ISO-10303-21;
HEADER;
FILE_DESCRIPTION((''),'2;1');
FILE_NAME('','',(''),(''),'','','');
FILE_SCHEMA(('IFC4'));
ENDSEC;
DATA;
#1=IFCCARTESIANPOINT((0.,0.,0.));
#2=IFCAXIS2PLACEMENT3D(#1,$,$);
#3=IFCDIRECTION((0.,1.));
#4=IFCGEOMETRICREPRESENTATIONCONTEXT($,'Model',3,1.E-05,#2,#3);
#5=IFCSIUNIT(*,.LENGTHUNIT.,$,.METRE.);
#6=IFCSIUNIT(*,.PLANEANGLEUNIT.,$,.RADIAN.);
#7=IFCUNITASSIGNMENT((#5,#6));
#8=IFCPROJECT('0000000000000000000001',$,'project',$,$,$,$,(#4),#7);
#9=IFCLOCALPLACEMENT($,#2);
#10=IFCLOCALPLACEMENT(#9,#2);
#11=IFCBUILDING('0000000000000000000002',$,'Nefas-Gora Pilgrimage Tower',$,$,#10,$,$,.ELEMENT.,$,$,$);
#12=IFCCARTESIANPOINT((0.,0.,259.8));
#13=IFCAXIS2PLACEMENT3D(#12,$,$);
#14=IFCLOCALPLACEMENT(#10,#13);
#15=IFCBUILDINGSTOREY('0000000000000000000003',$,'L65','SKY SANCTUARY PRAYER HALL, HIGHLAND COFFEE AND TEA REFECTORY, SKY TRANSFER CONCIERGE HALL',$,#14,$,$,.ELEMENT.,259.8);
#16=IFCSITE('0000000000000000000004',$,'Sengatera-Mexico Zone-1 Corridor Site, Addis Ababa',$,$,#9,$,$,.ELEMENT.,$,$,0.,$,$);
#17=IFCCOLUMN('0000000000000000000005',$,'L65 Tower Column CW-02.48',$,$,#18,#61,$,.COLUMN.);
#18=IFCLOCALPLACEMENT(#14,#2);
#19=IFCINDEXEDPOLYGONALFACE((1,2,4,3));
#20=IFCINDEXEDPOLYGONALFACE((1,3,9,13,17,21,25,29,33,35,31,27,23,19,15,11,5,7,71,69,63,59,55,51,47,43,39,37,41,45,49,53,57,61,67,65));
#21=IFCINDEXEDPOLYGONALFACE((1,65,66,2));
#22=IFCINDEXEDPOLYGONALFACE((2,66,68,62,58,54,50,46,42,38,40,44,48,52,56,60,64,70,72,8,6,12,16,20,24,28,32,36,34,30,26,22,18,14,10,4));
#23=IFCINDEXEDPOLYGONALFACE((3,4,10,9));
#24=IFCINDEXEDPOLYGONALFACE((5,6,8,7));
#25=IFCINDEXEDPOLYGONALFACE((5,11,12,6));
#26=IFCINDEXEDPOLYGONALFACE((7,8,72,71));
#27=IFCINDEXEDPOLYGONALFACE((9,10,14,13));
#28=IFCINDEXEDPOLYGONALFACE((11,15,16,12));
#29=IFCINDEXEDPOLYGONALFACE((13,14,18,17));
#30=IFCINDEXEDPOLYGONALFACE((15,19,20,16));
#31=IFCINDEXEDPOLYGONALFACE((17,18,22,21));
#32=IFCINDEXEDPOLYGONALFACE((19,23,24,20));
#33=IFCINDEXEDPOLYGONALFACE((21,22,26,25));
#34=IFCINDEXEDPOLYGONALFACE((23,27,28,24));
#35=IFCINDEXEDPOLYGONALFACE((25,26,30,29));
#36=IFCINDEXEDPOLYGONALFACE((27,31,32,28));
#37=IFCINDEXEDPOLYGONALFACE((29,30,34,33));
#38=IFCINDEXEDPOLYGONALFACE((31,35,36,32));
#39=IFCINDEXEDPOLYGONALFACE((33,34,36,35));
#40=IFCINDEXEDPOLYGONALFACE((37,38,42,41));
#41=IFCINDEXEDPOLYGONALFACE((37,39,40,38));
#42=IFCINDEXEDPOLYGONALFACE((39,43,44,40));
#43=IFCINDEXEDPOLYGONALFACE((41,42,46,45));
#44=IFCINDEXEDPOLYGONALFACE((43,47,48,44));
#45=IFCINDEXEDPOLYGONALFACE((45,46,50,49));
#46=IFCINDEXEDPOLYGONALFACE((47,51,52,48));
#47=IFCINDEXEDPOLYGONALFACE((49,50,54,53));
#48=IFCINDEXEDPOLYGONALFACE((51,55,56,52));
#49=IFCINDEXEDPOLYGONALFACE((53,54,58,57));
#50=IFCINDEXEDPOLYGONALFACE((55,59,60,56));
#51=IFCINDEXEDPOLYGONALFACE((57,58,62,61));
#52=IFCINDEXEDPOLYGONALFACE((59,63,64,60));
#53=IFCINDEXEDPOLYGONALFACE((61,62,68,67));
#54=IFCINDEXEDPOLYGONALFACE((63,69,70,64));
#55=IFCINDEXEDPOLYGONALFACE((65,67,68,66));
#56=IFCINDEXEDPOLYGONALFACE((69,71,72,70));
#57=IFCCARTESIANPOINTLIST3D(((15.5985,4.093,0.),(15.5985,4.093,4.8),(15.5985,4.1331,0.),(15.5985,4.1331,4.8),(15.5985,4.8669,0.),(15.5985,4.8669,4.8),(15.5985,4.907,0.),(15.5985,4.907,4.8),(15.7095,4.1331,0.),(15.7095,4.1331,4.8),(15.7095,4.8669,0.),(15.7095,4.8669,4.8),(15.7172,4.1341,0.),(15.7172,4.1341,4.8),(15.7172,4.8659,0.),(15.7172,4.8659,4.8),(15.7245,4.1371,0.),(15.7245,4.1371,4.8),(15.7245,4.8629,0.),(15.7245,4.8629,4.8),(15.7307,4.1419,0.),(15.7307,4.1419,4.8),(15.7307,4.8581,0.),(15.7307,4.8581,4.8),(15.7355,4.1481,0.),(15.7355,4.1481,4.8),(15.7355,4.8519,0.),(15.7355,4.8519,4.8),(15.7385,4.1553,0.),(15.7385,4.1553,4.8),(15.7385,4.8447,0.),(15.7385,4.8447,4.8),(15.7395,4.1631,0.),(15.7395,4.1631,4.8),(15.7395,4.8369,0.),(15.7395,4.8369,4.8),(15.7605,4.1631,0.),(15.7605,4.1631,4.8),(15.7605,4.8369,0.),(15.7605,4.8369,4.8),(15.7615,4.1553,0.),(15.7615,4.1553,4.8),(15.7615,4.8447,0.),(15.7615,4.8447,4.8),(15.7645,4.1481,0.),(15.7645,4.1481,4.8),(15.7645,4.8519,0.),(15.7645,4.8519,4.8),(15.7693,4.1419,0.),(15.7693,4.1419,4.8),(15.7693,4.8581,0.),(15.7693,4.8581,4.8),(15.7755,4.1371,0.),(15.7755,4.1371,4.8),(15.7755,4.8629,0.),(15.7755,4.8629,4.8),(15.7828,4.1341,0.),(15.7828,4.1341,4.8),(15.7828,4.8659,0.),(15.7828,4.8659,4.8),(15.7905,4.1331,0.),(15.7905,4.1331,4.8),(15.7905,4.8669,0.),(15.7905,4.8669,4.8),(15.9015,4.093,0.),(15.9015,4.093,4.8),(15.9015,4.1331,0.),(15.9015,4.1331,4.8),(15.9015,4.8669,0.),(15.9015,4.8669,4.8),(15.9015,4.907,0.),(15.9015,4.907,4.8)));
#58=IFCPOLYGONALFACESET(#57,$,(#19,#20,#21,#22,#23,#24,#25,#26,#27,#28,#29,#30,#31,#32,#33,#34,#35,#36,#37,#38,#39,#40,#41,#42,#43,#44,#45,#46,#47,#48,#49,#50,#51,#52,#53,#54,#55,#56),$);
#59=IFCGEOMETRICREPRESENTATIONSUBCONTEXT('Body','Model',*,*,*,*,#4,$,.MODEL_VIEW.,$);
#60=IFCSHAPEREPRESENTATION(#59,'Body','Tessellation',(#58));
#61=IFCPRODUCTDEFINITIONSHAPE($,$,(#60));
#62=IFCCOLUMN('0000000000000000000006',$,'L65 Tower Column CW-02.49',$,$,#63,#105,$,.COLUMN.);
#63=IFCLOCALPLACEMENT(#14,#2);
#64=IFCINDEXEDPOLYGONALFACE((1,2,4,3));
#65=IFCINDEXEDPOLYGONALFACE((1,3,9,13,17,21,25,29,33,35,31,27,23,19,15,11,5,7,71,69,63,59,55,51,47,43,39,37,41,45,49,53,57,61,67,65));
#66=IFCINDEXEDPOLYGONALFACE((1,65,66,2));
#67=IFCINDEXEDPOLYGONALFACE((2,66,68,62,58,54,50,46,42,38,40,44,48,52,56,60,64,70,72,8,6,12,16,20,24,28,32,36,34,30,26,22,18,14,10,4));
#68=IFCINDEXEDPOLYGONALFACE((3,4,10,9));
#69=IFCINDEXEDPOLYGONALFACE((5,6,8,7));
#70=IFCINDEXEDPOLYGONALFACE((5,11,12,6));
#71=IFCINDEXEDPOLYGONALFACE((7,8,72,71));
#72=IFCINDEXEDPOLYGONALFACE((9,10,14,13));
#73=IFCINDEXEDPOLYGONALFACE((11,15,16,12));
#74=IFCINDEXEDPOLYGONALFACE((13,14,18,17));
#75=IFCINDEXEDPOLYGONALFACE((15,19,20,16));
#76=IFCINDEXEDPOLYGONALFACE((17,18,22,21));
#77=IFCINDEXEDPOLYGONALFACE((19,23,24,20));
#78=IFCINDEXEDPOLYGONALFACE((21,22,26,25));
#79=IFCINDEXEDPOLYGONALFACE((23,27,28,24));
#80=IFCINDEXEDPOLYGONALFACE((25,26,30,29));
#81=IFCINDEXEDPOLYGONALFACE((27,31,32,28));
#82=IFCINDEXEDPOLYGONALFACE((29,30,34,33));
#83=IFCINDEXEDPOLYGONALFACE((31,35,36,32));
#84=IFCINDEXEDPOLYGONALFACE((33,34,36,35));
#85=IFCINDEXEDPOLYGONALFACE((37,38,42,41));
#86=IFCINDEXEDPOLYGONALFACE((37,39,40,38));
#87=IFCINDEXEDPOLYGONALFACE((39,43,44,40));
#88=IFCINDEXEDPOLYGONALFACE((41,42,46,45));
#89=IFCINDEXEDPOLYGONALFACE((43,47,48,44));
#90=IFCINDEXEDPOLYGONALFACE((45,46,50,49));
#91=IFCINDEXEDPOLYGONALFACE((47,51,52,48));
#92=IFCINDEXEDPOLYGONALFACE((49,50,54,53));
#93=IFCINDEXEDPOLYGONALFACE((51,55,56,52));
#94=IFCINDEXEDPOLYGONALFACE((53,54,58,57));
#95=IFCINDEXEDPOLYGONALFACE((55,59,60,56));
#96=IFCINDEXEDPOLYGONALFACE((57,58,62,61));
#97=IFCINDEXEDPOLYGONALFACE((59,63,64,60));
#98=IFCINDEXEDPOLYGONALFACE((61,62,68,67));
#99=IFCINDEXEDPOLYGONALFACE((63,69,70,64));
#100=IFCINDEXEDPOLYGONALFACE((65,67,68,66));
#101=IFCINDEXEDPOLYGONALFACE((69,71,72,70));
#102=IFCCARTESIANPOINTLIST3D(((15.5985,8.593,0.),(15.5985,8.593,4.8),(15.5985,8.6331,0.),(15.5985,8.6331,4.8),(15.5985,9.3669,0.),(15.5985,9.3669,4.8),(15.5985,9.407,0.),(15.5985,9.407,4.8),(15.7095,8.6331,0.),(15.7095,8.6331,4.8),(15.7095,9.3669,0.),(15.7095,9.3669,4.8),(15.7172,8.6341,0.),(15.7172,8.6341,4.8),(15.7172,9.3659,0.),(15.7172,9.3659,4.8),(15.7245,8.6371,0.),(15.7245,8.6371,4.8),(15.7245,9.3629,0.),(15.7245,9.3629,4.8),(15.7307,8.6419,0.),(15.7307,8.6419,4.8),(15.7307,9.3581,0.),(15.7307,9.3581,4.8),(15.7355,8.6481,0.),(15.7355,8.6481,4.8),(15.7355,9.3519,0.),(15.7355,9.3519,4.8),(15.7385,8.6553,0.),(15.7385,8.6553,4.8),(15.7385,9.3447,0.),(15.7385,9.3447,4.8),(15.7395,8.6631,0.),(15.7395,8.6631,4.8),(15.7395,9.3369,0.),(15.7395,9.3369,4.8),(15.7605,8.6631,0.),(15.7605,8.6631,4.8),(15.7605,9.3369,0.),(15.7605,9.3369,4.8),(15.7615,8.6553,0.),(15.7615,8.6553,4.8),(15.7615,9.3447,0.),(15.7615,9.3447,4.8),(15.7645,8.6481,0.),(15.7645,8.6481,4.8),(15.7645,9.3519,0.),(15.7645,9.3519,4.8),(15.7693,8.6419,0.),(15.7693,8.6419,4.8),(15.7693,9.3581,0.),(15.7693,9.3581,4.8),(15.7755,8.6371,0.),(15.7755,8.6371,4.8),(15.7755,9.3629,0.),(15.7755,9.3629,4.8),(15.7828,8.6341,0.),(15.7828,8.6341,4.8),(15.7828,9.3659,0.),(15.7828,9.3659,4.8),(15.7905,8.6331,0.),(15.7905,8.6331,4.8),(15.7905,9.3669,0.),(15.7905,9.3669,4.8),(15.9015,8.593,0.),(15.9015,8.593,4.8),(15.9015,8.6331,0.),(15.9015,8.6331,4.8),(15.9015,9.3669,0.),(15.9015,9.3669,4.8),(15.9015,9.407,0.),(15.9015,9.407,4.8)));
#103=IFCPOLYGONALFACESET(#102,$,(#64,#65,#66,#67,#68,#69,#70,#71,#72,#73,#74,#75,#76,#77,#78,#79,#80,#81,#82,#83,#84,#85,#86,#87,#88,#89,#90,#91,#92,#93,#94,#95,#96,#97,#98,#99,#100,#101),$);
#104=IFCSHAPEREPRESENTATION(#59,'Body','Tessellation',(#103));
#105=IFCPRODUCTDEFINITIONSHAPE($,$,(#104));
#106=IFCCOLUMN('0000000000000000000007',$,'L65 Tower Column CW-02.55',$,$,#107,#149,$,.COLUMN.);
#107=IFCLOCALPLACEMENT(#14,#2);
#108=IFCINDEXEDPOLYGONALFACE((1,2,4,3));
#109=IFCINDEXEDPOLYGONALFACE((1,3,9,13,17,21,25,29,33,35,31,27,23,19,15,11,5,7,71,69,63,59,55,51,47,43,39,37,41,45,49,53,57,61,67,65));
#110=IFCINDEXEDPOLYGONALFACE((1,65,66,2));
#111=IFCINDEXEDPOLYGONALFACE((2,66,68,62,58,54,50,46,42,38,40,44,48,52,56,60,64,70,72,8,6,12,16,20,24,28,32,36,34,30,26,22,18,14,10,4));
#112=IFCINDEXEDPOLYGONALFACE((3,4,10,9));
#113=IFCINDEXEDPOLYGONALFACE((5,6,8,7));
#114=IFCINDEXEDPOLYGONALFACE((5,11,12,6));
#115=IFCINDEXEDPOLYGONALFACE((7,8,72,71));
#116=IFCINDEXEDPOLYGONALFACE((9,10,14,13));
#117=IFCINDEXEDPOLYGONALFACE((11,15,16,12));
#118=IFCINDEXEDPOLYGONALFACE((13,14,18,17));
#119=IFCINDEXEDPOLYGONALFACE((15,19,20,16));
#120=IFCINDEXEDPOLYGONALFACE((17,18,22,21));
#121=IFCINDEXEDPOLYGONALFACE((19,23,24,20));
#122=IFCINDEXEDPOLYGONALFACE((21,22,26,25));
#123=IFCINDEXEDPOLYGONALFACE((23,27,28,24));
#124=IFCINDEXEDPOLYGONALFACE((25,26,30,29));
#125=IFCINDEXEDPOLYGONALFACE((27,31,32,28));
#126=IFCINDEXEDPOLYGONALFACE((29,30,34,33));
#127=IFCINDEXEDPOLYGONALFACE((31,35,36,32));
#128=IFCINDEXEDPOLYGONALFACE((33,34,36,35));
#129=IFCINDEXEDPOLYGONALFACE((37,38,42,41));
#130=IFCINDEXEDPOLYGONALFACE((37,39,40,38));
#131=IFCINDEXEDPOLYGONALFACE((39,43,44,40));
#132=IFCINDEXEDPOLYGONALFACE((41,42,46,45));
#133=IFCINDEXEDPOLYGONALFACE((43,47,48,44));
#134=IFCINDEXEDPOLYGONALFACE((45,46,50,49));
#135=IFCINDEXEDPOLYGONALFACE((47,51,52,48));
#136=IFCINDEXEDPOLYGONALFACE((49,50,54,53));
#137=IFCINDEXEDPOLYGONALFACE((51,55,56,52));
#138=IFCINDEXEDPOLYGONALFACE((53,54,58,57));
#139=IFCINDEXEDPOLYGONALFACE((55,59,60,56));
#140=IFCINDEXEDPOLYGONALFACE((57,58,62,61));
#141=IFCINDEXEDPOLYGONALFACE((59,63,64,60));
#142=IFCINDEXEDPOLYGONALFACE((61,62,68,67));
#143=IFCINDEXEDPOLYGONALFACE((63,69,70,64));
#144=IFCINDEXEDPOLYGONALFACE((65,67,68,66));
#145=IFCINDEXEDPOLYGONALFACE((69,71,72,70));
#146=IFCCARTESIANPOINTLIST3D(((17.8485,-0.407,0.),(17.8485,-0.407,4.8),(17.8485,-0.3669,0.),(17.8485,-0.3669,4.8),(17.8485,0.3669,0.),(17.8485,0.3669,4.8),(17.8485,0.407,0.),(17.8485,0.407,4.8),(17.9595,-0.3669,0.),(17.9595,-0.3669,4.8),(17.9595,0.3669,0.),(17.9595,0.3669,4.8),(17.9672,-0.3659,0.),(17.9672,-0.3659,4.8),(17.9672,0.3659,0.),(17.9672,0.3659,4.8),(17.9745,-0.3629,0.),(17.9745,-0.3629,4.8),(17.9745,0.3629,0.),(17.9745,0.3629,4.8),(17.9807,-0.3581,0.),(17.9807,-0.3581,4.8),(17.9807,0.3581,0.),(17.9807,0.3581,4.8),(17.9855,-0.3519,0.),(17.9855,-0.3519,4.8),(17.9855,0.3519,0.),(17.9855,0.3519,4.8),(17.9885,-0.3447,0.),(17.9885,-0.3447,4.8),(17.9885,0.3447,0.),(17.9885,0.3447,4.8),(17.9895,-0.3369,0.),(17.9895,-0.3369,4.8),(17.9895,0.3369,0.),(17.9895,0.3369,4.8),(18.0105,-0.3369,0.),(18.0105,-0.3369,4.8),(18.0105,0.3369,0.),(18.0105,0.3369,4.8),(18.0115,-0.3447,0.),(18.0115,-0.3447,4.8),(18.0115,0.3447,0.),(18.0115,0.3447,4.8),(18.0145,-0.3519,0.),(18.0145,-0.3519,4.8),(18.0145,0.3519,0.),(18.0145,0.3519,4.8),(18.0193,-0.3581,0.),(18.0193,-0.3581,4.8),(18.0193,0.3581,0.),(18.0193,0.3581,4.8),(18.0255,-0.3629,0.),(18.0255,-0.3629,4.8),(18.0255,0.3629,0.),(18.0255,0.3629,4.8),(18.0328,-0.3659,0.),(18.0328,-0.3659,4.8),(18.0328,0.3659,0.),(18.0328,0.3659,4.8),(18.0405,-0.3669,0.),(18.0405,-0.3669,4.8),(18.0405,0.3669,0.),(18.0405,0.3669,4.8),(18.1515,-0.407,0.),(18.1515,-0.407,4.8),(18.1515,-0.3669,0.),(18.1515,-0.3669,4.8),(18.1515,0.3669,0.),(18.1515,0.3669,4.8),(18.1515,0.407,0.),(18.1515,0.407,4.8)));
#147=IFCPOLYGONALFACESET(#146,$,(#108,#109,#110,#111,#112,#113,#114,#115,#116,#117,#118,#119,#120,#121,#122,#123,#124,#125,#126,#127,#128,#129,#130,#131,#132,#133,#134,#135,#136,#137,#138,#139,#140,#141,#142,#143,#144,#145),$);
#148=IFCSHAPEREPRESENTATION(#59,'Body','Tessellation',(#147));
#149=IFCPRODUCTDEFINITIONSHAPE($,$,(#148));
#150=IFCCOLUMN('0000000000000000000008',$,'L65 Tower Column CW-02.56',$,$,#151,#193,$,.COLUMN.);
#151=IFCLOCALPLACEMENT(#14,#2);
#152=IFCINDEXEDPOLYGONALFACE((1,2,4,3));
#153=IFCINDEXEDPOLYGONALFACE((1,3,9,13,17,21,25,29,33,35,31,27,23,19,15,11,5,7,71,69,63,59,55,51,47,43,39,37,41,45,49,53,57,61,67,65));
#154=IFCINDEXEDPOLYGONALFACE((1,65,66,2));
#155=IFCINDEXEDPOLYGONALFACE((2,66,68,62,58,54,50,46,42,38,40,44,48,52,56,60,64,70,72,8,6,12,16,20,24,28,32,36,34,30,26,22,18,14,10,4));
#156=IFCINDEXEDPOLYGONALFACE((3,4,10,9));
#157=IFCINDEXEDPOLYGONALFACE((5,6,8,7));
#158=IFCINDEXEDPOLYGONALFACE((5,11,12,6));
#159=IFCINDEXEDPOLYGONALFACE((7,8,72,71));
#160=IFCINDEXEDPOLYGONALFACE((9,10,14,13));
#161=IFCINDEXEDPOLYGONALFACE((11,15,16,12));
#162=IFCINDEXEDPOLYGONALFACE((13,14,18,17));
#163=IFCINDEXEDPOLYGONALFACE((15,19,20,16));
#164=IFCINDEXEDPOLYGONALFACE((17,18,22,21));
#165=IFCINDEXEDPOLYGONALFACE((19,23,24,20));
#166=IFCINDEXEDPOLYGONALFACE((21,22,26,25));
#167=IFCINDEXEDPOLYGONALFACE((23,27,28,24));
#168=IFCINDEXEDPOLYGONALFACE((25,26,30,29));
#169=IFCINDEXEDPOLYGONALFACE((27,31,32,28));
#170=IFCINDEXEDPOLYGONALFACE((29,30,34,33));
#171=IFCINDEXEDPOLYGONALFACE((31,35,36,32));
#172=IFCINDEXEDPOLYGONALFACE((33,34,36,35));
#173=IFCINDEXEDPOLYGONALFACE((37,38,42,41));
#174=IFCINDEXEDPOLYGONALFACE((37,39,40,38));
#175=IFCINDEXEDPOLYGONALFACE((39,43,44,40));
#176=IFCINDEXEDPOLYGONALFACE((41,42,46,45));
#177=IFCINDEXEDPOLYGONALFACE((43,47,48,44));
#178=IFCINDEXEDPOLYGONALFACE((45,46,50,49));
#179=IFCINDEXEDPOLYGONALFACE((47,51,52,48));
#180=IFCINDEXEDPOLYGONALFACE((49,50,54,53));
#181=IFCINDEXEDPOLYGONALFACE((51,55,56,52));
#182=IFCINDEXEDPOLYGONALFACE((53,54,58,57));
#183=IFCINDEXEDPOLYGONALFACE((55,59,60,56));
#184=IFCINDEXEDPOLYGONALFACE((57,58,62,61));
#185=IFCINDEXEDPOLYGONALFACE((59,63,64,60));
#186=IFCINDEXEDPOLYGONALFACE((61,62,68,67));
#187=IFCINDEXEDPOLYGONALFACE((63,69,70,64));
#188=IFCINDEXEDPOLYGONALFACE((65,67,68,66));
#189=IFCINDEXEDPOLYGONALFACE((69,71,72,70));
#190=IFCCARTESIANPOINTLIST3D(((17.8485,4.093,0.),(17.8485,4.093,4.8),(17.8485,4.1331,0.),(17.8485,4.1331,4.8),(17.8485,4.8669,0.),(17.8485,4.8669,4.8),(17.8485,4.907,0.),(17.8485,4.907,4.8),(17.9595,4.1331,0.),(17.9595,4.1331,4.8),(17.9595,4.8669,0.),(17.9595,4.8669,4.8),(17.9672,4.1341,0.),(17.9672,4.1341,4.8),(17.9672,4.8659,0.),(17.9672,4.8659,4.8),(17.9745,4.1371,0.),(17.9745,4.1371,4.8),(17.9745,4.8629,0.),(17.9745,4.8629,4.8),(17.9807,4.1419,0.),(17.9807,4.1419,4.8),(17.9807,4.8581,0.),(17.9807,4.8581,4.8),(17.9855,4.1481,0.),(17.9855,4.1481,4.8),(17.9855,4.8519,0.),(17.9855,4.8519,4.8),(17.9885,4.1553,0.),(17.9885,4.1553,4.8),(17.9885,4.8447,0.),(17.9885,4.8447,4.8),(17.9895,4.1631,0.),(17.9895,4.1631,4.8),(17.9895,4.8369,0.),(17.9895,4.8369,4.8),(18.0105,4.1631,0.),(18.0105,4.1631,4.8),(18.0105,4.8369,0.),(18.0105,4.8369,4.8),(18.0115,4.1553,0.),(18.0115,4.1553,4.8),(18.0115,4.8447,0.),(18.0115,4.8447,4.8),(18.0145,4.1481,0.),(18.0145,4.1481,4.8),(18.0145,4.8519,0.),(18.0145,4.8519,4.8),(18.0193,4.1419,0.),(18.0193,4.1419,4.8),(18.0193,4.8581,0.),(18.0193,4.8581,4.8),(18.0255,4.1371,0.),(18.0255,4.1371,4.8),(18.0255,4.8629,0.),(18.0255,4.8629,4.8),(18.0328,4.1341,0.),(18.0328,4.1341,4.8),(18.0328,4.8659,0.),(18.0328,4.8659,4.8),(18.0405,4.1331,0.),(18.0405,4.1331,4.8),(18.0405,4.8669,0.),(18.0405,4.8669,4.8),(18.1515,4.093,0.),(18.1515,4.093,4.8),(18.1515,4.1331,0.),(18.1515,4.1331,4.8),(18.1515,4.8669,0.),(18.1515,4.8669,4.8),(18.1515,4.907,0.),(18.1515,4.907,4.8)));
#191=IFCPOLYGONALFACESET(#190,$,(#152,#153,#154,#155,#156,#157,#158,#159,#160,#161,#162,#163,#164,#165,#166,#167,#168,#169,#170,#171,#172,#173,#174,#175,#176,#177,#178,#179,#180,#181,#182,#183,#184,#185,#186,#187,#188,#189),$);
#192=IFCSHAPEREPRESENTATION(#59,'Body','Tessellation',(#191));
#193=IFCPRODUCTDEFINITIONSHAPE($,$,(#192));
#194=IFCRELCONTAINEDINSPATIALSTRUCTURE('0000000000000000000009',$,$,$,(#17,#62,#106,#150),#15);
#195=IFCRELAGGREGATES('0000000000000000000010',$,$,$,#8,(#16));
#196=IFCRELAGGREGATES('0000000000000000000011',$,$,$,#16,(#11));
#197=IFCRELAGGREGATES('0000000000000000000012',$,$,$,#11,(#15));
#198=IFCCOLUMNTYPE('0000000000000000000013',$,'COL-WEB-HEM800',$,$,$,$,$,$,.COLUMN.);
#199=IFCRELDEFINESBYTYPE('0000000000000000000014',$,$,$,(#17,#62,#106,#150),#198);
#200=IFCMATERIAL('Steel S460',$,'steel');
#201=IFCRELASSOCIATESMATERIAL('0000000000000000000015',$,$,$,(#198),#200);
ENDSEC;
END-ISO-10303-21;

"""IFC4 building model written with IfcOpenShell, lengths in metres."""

from ifc_helpers import new_model, si_unit, direction, frame, origin, origin_2d, place, context, subcontext, project, spatial, i_section, extrude, source, transform, mapped, material, material_profile, profile_set, type_object, element, save


model = new_model("IFC4")

# Units and contexts
model_context = context("Model", 3, precision=1e-05, world=origin(), true_north=direction((0.0, 1.0)))
body_context = subcontext(model_context, "Body", "Model", "MODEL_VIEW")
ifc_project = project(units=[si_unit("LENGTHUNIT", "METRE"), si_unit("PLANEANGLEUNIT", "RADIAN")], contexts=[model_context])

# Site, building, storey
site_placement = place(None, origin())
site = spatial("IfcSite", under=ifc_project, at=site_placement, Name="Sengatera-Mexico Zone-1 Corridor Site, Addis Ababa", CompositionType="ELEMENT", RefElevation=0.0)
building_placement = place(site_placement, origin())
building = spatial("IfcBuilding", under=site, at=building_placement, Name="Nefas-Gora Pilgrimage Tower", CompositionType="ELEMENT")
storey_placement = place(building_placement, frame((0.0, 0.0, 259.8)))
storey = spatial("IfcBuildingStorey", under=building, at=storey_placement, Name="L65", Description="SKY SANCTUARY PRAYER HALL, HIGHLAND COFFEE AND TEA REFECTORY, SKY TRANSFER CONCIERGE HALL", CompositionType="ELEMENT", Elevation=259.8)

# Columns
ifc_material_1 = material(Name="Steel S460", Category="steel")
ifc_material_profile_1 = material_profile(ifc_material_1, i_section(OverallWidth=0.303, OverallDepth=0.814, WebThickness=0.021, FlangeThickness=0.04, FilletRadius=0.03, at=origin_2d()), Name="HEM 800")
ifc_profile_set_1 = profile_set([ifc_material_profile_1], Name="Steel S460")
column_type_1 = type_object("IfcColumnType", Name="COL-WEB-HEM800", PredefinedType="COLUMN", material=ifc_profile_set_1)
shared_shape_1 = source(origin(), body_context, "Body", "SweptSolid", [
    extrude(i_section(OverallWidth=0.303, OverallDepth=0.814, WebThickness=0.021, FlangeThickness=0.04, FilletRadius=0.03, at=origin_2d()), origin(), (0.0, 0.0, 1.0), 4.8),
])
for number, where, z_axis, x_axis, name in (
    (1, (15.75, 4.5, 0.0), (0.0, 0.0, 1.0), (1.0, 0.0, 0.0), "L65 Tower Column CW-02.48"),
    (2, (15.75, 9.0, 0.0), (0.0, 0.0, 1.0), (1.0, 0.0, 0.0), "L65 Tower Column CW-02.49"),
    (3, (18.0, 0.0, 0.0), (0.0, 0.0, 1.0), (1.0, 0.0, 0.0), "L65 Tower Column CW-02.55"),
    (4, (18.0, 4.5, 0.0), (0.0, 0.0, 1.0), (1.0, 0.0, 0.0), "L65 Tower Column CW-02.56"),
):
    element("IfcColumn", number, at=place(storey_placement, frame(where, z_axis=z_axis, x_axis=x_axis)), inside=storey, type_object=column_type_1, Name=name, PredefinedType="COLUMN", context=body_context, shape_type="MappedRepresentation", body=[
        mapped(shared_shape_1, transform((0.0, 0.0, 0.0), x_axis=(1.0, 0.0, 0.0), y_axis=(0.0, 1.0, 0.0), z_axis=(0.0, 0.0, 1.0), scale=1.0)),
    ])

save(model, "model.ifc")
